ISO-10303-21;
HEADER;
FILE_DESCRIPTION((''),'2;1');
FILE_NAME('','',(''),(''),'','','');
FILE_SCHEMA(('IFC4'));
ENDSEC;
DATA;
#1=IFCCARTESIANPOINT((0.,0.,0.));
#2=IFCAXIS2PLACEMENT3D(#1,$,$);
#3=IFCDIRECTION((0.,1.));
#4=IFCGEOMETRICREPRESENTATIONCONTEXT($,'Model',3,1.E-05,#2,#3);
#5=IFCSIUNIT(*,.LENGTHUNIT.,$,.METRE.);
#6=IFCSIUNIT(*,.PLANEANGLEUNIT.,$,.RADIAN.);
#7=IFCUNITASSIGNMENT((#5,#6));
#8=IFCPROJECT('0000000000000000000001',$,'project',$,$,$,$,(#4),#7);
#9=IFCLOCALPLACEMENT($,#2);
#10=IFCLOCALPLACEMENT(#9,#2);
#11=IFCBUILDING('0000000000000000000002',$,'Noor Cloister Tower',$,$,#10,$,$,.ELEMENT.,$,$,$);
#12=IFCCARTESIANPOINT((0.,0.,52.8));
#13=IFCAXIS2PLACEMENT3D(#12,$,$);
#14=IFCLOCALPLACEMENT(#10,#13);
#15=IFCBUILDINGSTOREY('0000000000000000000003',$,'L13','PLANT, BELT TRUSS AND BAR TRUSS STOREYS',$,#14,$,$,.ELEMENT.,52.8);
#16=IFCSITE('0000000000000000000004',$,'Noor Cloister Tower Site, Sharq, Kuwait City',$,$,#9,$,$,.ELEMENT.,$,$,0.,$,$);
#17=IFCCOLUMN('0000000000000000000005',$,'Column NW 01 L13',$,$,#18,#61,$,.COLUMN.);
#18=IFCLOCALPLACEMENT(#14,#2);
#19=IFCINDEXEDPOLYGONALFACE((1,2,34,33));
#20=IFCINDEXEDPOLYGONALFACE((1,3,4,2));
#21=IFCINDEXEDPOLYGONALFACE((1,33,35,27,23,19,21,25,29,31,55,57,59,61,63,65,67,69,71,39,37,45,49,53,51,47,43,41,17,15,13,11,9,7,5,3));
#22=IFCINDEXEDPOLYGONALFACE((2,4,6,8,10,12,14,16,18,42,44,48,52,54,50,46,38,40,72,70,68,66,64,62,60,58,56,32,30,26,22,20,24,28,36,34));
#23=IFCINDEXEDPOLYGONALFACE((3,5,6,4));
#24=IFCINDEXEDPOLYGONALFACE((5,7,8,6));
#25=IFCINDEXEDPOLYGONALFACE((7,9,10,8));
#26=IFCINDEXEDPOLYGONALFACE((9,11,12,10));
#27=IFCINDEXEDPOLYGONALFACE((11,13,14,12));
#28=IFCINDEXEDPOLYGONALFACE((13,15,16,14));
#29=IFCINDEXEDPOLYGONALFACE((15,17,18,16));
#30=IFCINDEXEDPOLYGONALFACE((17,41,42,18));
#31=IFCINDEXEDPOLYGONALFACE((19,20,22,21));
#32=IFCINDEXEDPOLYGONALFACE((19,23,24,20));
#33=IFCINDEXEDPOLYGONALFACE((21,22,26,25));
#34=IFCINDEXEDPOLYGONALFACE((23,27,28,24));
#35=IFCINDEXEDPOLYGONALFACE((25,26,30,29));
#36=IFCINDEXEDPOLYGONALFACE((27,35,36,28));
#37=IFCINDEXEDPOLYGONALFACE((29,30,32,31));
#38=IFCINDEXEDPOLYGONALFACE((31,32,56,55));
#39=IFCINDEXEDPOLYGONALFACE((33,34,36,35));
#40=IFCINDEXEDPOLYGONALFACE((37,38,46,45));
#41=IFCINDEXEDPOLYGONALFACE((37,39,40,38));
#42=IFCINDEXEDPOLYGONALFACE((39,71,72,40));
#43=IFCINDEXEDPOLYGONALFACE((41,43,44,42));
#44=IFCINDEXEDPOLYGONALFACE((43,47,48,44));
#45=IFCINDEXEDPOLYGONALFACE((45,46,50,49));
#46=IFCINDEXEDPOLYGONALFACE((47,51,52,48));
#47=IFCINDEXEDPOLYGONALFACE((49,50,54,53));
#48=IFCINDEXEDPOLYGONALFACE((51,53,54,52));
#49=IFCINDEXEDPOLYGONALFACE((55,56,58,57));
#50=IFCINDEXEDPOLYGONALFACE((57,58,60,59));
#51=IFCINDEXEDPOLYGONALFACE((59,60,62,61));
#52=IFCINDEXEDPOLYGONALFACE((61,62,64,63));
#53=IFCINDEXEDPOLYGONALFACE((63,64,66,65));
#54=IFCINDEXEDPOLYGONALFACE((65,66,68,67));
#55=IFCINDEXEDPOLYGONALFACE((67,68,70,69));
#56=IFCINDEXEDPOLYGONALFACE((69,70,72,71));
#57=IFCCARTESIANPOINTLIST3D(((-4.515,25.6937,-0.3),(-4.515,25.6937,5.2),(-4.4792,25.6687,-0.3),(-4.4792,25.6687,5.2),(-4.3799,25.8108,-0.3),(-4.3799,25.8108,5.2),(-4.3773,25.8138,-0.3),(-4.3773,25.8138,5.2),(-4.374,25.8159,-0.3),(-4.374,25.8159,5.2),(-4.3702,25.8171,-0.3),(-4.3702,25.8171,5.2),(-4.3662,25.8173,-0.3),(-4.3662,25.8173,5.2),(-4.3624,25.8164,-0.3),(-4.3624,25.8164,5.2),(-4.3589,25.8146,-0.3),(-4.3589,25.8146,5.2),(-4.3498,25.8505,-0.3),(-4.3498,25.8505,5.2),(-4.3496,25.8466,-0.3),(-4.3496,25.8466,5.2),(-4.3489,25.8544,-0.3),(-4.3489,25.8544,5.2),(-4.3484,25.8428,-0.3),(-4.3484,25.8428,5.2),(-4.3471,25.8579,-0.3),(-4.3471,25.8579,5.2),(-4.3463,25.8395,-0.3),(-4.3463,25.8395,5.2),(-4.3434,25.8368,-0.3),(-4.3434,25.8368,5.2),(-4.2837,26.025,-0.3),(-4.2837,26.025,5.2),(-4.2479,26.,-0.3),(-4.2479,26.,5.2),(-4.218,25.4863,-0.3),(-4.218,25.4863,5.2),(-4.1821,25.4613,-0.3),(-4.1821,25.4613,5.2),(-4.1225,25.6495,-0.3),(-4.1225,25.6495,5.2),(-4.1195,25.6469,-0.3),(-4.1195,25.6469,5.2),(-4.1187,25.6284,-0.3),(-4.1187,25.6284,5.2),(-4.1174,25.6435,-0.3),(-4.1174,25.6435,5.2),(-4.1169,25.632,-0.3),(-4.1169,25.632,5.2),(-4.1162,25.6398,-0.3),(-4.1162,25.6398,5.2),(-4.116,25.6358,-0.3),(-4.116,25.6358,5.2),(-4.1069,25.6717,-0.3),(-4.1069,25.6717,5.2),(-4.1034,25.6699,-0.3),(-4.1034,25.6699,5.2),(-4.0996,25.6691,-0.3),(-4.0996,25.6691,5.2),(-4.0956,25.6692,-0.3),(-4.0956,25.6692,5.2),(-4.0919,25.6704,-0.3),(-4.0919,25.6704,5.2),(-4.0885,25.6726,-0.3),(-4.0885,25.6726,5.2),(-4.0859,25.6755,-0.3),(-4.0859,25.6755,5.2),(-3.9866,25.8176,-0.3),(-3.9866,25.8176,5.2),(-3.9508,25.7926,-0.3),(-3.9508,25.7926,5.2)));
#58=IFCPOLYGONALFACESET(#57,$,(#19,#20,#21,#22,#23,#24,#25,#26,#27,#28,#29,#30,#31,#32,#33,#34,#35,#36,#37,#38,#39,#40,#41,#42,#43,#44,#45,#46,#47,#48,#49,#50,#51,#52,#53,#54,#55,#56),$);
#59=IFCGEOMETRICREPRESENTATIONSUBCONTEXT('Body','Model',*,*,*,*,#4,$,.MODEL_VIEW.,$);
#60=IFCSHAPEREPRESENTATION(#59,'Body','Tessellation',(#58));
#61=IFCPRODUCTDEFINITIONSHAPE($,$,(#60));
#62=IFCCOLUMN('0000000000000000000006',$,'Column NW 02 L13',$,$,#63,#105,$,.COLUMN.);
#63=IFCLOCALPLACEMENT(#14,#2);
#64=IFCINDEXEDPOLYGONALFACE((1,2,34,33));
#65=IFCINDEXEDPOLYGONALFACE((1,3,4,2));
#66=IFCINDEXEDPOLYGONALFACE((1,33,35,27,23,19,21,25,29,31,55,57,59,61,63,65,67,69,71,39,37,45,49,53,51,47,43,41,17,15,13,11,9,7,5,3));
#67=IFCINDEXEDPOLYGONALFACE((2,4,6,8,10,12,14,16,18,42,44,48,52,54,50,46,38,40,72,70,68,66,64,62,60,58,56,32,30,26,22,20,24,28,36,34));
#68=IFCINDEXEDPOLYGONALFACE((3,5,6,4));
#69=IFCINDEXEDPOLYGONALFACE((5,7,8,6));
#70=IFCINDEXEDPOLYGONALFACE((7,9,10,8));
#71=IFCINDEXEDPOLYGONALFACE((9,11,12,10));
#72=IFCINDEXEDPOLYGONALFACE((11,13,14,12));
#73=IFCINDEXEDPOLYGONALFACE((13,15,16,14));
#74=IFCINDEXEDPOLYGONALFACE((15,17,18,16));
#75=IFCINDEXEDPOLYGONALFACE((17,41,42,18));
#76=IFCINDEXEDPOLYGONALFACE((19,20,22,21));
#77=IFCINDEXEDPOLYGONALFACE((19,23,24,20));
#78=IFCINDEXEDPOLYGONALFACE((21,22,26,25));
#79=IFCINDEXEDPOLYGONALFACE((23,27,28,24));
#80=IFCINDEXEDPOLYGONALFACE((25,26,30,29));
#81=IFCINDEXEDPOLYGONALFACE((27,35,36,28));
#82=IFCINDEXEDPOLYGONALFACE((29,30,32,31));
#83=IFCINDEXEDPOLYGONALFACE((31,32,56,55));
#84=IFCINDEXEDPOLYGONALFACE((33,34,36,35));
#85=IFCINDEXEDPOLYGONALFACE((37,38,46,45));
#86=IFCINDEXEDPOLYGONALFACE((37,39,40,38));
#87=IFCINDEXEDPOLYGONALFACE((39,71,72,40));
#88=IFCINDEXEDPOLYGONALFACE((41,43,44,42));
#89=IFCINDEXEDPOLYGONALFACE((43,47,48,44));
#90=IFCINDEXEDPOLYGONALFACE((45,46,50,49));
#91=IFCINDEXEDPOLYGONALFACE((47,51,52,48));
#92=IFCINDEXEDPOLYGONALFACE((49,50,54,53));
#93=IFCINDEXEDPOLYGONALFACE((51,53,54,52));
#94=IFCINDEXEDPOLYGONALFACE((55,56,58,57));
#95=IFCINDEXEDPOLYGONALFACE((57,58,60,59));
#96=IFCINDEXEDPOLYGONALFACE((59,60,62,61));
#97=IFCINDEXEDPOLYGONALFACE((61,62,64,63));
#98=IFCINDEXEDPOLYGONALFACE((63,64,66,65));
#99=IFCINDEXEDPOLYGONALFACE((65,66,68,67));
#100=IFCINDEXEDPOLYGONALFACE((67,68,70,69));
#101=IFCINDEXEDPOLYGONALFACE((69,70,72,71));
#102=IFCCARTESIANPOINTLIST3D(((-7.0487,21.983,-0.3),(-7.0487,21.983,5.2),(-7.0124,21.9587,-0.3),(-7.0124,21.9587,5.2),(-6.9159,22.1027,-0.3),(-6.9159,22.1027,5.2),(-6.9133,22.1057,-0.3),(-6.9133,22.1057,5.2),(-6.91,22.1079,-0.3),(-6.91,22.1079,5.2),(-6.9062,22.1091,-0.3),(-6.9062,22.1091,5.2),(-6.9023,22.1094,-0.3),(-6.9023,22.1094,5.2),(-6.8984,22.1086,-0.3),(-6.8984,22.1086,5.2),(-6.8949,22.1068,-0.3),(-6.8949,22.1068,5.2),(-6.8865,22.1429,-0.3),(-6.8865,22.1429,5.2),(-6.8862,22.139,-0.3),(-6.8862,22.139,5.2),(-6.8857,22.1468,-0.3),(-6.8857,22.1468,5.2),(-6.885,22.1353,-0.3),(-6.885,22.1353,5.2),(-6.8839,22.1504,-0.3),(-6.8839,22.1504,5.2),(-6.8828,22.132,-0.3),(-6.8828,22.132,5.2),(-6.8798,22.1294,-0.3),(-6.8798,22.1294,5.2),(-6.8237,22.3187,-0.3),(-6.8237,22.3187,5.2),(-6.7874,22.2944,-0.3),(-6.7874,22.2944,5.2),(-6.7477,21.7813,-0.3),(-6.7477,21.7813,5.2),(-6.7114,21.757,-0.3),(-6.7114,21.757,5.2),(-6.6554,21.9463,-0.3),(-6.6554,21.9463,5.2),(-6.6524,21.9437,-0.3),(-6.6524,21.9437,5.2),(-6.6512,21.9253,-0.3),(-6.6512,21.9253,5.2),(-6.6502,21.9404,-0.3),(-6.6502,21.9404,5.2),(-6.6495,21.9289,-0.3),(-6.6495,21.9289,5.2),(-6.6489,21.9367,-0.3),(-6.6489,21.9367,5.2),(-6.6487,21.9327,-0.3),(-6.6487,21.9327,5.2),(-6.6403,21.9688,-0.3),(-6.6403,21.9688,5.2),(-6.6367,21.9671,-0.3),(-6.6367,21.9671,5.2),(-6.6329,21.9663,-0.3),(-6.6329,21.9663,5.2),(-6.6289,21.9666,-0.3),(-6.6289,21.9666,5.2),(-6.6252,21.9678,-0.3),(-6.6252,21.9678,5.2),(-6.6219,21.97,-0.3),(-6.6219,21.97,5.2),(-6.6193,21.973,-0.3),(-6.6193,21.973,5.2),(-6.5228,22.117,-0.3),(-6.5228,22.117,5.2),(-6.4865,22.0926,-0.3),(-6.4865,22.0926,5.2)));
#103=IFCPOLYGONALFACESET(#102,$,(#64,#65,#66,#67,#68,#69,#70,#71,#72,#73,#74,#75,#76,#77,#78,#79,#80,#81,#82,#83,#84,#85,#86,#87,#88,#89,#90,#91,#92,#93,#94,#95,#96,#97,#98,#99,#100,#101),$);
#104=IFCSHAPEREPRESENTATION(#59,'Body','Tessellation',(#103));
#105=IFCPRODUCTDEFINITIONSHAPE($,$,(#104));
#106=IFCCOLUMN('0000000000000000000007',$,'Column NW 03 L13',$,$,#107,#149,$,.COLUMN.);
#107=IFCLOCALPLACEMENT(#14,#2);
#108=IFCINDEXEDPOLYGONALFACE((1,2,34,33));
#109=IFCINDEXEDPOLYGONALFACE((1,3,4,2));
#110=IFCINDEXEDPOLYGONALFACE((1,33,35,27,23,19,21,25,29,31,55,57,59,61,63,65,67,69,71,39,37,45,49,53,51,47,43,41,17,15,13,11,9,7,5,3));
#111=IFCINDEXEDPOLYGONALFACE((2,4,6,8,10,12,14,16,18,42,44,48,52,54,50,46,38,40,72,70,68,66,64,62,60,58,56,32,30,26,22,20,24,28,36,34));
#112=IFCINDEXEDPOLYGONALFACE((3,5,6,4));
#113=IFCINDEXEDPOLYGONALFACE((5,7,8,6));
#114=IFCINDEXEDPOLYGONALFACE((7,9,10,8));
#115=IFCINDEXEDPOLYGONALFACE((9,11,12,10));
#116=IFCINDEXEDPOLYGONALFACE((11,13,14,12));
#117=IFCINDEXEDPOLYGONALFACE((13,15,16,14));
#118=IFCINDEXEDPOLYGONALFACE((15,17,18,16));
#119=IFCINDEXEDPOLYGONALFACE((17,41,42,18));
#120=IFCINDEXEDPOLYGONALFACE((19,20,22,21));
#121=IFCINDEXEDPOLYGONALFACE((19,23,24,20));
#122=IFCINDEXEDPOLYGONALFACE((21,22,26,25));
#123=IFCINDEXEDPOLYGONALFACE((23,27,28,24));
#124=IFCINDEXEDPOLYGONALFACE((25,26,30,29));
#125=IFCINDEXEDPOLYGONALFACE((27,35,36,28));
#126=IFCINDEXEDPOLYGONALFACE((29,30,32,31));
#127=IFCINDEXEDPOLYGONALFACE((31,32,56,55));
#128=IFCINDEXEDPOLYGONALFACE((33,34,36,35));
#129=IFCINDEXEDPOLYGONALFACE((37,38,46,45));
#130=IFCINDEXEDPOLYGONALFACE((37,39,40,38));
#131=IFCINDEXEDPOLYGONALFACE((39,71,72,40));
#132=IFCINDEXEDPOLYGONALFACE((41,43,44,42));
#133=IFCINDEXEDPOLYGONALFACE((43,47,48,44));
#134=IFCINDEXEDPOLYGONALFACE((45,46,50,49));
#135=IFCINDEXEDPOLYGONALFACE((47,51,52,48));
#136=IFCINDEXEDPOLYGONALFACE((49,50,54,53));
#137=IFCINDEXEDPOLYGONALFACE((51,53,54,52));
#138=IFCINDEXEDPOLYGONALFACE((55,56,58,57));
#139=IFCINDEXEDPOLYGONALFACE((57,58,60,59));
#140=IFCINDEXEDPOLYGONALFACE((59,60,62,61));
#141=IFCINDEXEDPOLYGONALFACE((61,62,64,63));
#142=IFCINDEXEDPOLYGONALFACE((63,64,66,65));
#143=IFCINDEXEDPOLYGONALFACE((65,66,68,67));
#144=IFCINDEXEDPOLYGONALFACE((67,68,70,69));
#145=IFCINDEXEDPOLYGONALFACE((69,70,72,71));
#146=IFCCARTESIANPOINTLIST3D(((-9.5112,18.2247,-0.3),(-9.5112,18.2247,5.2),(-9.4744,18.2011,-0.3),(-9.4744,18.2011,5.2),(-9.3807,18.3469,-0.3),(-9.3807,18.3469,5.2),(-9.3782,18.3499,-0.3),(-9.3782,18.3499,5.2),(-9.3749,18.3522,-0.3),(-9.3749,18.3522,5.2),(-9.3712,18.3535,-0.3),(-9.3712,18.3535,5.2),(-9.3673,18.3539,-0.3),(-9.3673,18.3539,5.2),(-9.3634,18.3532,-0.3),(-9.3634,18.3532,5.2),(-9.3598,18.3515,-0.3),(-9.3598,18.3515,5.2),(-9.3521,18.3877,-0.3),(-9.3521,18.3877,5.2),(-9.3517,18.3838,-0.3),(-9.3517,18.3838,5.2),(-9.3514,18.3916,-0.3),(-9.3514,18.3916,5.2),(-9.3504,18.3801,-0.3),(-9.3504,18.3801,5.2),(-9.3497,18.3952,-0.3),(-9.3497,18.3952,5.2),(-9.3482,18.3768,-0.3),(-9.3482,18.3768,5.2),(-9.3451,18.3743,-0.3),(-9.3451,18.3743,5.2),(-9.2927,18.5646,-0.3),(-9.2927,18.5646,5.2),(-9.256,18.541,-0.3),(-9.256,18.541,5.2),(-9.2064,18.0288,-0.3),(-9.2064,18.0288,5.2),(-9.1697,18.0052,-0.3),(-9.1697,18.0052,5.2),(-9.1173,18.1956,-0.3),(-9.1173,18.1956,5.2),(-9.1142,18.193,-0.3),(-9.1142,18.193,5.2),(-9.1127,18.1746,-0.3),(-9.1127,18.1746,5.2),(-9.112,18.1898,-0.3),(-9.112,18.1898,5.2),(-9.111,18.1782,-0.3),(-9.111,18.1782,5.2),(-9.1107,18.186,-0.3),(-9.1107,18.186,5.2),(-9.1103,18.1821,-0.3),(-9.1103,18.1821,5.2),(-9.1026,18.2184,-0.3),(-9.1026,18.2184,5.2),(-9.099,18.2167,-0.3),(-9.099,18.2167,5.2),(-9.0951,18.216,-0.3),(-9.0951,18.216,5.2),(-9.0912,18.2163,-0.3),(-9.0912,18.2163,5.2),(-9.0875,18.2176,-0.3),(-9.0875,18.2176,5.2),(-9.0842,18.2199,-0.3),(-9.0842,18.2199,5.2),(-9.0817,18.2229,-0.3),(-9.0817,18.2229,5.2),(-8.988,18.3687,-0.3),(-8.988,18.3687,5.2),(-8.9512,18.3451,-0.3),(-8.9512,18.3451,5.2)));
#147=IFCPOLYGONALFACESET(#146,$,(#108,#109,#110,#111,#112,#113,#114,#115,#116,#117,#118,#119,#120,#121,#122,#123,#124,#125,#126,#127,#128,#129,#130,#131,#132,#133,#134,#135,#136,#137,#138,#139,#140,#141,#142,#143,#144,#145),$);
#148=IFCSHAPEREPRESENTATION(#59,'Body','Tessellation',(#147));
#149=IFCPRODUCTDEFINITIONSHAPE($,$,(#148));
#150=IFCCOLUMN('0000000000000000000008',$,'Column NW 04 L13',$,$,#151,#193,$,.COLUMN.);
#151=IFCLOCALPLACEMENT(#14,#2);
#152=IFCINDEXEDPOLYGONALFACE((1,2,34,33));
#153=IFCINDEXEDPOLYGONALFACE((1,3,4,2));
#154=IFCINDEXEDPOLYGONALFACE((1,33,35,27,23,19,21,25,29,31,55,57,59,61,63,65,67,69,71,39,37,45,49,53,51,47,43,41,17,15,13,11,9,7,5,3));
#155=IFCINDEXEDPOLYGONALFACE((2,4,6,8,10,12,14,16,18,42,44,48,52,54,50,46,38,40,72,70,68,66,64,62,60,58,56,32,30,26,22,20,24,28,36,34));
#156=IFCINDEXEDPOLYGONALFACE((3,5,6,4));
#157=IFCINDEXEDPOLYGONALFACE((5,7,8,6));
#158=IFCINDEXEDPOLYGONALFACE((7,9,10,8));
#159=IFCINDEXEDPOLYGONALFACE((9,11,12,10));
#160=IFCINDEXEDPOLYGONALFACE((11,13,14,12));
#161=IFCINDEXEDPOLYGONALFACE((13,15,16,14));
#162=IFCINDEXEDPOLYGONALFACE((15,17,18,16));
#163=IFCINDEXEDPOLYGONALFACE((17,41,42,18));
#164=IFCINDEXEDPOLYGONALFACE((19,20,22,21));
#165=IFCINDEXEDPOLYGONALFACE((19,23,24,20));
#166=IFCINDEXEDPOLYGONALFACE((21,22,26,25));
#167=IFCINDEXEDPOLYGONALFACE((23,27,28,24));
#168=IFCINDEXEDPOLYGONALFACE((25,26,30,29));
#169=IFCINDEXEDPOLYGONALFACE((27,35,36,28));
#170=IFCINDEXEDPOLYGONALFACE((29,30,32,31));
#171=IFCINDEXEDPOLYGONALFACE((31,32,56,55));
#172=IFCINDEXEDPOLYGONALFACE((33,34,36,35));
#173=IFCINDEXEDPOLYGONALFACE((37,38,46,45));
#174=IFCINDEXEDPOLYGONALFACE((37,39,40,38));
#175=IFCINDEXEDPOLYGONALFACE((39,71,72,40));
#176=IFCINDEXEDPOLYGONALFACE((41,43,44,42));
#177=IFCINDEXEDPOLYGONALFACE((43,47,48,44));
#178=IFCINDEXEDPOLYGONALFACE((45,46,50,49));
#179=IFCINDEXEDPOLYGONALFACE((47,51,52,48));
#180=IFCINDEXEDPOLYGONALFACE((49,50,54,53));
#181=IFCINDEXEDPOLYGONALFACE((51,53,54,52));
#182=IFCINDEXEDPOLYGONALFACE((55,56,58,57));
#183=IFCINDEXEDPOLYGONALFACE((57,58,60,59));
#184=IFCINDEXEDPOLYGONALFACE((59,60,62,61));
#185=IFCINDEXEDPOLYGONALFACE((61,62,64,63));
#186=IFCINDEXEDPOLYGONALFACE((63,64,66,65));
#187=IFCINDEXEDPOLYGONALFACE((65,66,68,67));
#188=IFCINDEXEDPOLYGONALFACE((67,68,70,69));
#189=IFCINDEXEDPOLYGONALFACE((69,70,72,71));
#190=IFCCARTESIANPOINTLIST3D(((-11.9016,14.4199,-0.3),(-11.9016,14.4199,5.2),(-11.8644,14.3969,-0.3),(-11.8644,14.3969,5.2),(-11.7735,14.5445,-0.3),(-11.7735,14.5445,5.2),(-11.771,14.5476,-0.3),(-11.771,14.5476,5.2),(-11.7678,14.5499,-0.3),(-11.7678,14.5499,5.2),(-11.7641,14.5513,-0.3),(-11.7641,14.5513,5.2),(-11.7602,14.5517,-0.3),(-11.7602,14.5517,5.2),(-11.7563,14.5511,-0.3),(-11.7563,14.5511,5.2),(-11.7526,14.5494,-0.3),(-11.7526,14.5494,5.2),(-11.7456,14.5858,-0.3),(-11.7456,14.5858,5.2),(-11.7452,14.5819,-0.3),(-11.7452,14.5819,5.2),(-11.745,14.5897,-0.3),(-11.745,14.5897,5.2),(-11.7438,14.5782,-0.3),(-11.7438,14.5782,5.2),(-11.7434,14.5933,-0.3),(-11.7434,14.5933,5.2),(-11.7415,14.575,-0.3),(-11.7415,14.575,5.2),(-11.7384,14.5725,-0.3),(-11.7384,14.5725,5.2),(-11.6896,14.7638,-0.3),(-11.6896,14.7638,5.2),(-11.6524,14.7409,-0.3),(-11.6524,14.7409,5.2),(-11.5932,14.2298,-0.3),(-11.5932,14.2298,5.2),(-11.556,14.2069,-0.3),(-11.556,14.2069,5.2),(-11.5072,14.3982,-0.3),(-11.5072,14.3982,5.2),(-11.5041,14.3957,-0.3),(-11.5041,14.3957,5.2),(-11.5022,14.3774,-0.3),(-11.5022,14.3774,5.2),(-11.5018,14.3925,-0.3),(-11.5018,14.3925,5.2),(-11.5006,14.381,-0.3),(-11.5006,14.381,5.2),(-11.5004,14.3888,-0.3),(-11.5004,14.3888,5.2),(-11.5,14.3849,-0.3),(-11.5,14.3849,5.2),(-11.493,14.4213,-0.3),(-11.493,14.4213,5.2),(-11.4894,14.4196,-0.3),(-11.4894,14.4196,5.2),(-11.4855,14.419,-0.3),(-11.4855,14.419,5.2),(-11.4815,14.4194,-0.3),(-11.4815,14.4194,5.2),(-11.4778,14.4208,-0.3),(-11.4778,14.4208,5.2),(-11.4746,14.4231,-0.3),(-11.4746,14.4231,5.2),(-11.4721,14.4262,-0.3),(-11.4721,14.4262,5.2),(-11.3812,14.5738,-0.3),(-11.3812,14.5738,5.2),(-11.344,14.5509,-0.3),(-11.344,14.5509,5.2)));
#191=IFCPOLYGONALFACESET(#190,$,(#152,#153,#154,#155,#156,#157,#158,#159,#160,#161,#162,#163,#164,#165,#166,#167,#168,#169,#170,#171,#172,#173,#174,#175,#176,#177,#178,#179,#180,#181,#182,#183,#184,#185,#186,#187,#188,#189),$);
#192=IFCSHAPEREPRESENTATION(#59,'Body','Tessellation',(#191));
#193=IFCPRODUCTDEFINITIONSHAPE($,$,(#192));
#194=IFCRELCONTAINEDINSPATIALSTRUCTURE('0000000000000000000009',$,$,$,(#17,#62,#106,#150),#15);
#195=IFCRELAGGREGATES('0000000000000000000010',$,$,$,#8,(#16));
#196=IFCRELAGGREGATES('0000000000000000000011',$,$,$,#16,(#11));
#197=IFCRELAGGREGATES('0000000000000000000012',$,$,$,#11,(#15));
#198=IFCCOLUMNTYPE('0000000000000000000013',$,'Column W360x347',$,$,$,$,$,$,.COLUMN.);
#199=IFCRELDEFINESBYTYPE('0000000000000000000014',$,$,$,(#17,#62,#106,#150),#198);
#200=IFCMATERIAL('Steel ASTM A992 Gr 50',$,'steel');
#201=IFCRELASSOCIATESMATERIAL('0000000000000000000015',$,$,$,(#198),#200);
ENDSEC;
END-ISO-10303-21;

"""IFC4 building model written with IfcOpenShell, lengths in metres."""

from ifc_helpers import new_model, si_unit, direction, frame, origin, origin_2d, place, context, subcontext, project, spatial, i_section, extrude, material, material_profile, profile_set, type_object, element, save


model = new_model("IFC4")

# Units and contexts
model_context = context("Model", 3, precision=1e-05, world=origin(), true_north=direction((0.0, 1.0)))
body_context = subcontext(model_context, "Body", "Model", "MODEL_VIEW")
ifc_project = project(units=[si_unit("LENGTHUNIT", "METRE"), si_unit("PLANEANGLEUNIT", "RADIAN")], contexts=[model_context])

# Site, building, storey
site_placement = place(None, origin())
site = spatial("IfcSite", under=ifc_project, at=site_placement, Name="Noor Cloister Tower Site, Sharq, Kuwait City", CompositionType="ELEMENT", RefElevation=0.0)
building_placement = place(site_placement, origin())
building = spatial("IfcBuilding", under=site, at=building_placement, Name="Noor Cloister Tower", CompositionType="ELEMENT")
storey_placement = place(building_placement, frame((0.0, 0.0, 52.8)))
storey = spatial("IfcBuildingStorey", under=building, at=storey_placement, Name="L13", Description="PLANT, BELT TRUSS AND BAR TRUSS STOREYS", CompositionType="ELEMENT", Elevation=52.8)

# Columns
ifc_material_1 = material(Name="Steel ASTM A992 Gr 50", Category="steel")
ifc_material_profile_1 = material_profile(ifc_material_1, i_section(OverallWidth=0.4041, OverallDepth=0.406, WebThickness=0.0271, FlangeThickness=0.0437, FilletRadius=0.0151, at=origin_2d()), Name="W360x347")
ifc_profile_set_1 = profile_set([ifc_material_profile_1], Name="Steel ASTM A992 Gr 50")
column_type = type_object("IfcColumnType", Name="Column W360x347", PredefinedType="COLUMN", material=ifc_profile_set_1)
for number, where, z_axis, x_axis, name in (
    (1, (-4.2329, 25.7432, -0.3), (0.0, 0.0, 1.0), (-0.572484, -0.819916, 0.0), "Column NW 01 L13"),
    (2, (-6.7676, 22.0378, -0.3), (0.0, 0.0, 1.0), (-0.556723, -0.830698, 0.0), "Column NW 02 L13"),
    (3, (-9.2312, 18.2849, -0.3), (0.0, 0.0, 1.0), (-0.540759, -0.841177, 0.0), "Column NW 03 L13"),
    (4, (-11.6228, 14.4854, -0.3), (0.0, 0.0, 1.0), (-0.524598, -0.85135, 0.0), "Column NW 04 L13"),
):
    element("IfcColumn", number, at=place(storey_placement, frame(where, z_axis=z_axis, x_axis=x_axis)), inside=storey, type_object=column_type, Name=name, PredefinedType="COLUMN", context=body_context, shape_type="SweptSolid", body=[
        extrude(i_section(OverallWidth=0.4041, OverallDepth=0.406, WebThickness=0.0271, FlangeThickness=0.0437, FilletRadius=0.0151, at=origin_2d()), origin(), (0.0, 0.0, 1.0), 5.5),
    ])

save(model, "model.ifc")
